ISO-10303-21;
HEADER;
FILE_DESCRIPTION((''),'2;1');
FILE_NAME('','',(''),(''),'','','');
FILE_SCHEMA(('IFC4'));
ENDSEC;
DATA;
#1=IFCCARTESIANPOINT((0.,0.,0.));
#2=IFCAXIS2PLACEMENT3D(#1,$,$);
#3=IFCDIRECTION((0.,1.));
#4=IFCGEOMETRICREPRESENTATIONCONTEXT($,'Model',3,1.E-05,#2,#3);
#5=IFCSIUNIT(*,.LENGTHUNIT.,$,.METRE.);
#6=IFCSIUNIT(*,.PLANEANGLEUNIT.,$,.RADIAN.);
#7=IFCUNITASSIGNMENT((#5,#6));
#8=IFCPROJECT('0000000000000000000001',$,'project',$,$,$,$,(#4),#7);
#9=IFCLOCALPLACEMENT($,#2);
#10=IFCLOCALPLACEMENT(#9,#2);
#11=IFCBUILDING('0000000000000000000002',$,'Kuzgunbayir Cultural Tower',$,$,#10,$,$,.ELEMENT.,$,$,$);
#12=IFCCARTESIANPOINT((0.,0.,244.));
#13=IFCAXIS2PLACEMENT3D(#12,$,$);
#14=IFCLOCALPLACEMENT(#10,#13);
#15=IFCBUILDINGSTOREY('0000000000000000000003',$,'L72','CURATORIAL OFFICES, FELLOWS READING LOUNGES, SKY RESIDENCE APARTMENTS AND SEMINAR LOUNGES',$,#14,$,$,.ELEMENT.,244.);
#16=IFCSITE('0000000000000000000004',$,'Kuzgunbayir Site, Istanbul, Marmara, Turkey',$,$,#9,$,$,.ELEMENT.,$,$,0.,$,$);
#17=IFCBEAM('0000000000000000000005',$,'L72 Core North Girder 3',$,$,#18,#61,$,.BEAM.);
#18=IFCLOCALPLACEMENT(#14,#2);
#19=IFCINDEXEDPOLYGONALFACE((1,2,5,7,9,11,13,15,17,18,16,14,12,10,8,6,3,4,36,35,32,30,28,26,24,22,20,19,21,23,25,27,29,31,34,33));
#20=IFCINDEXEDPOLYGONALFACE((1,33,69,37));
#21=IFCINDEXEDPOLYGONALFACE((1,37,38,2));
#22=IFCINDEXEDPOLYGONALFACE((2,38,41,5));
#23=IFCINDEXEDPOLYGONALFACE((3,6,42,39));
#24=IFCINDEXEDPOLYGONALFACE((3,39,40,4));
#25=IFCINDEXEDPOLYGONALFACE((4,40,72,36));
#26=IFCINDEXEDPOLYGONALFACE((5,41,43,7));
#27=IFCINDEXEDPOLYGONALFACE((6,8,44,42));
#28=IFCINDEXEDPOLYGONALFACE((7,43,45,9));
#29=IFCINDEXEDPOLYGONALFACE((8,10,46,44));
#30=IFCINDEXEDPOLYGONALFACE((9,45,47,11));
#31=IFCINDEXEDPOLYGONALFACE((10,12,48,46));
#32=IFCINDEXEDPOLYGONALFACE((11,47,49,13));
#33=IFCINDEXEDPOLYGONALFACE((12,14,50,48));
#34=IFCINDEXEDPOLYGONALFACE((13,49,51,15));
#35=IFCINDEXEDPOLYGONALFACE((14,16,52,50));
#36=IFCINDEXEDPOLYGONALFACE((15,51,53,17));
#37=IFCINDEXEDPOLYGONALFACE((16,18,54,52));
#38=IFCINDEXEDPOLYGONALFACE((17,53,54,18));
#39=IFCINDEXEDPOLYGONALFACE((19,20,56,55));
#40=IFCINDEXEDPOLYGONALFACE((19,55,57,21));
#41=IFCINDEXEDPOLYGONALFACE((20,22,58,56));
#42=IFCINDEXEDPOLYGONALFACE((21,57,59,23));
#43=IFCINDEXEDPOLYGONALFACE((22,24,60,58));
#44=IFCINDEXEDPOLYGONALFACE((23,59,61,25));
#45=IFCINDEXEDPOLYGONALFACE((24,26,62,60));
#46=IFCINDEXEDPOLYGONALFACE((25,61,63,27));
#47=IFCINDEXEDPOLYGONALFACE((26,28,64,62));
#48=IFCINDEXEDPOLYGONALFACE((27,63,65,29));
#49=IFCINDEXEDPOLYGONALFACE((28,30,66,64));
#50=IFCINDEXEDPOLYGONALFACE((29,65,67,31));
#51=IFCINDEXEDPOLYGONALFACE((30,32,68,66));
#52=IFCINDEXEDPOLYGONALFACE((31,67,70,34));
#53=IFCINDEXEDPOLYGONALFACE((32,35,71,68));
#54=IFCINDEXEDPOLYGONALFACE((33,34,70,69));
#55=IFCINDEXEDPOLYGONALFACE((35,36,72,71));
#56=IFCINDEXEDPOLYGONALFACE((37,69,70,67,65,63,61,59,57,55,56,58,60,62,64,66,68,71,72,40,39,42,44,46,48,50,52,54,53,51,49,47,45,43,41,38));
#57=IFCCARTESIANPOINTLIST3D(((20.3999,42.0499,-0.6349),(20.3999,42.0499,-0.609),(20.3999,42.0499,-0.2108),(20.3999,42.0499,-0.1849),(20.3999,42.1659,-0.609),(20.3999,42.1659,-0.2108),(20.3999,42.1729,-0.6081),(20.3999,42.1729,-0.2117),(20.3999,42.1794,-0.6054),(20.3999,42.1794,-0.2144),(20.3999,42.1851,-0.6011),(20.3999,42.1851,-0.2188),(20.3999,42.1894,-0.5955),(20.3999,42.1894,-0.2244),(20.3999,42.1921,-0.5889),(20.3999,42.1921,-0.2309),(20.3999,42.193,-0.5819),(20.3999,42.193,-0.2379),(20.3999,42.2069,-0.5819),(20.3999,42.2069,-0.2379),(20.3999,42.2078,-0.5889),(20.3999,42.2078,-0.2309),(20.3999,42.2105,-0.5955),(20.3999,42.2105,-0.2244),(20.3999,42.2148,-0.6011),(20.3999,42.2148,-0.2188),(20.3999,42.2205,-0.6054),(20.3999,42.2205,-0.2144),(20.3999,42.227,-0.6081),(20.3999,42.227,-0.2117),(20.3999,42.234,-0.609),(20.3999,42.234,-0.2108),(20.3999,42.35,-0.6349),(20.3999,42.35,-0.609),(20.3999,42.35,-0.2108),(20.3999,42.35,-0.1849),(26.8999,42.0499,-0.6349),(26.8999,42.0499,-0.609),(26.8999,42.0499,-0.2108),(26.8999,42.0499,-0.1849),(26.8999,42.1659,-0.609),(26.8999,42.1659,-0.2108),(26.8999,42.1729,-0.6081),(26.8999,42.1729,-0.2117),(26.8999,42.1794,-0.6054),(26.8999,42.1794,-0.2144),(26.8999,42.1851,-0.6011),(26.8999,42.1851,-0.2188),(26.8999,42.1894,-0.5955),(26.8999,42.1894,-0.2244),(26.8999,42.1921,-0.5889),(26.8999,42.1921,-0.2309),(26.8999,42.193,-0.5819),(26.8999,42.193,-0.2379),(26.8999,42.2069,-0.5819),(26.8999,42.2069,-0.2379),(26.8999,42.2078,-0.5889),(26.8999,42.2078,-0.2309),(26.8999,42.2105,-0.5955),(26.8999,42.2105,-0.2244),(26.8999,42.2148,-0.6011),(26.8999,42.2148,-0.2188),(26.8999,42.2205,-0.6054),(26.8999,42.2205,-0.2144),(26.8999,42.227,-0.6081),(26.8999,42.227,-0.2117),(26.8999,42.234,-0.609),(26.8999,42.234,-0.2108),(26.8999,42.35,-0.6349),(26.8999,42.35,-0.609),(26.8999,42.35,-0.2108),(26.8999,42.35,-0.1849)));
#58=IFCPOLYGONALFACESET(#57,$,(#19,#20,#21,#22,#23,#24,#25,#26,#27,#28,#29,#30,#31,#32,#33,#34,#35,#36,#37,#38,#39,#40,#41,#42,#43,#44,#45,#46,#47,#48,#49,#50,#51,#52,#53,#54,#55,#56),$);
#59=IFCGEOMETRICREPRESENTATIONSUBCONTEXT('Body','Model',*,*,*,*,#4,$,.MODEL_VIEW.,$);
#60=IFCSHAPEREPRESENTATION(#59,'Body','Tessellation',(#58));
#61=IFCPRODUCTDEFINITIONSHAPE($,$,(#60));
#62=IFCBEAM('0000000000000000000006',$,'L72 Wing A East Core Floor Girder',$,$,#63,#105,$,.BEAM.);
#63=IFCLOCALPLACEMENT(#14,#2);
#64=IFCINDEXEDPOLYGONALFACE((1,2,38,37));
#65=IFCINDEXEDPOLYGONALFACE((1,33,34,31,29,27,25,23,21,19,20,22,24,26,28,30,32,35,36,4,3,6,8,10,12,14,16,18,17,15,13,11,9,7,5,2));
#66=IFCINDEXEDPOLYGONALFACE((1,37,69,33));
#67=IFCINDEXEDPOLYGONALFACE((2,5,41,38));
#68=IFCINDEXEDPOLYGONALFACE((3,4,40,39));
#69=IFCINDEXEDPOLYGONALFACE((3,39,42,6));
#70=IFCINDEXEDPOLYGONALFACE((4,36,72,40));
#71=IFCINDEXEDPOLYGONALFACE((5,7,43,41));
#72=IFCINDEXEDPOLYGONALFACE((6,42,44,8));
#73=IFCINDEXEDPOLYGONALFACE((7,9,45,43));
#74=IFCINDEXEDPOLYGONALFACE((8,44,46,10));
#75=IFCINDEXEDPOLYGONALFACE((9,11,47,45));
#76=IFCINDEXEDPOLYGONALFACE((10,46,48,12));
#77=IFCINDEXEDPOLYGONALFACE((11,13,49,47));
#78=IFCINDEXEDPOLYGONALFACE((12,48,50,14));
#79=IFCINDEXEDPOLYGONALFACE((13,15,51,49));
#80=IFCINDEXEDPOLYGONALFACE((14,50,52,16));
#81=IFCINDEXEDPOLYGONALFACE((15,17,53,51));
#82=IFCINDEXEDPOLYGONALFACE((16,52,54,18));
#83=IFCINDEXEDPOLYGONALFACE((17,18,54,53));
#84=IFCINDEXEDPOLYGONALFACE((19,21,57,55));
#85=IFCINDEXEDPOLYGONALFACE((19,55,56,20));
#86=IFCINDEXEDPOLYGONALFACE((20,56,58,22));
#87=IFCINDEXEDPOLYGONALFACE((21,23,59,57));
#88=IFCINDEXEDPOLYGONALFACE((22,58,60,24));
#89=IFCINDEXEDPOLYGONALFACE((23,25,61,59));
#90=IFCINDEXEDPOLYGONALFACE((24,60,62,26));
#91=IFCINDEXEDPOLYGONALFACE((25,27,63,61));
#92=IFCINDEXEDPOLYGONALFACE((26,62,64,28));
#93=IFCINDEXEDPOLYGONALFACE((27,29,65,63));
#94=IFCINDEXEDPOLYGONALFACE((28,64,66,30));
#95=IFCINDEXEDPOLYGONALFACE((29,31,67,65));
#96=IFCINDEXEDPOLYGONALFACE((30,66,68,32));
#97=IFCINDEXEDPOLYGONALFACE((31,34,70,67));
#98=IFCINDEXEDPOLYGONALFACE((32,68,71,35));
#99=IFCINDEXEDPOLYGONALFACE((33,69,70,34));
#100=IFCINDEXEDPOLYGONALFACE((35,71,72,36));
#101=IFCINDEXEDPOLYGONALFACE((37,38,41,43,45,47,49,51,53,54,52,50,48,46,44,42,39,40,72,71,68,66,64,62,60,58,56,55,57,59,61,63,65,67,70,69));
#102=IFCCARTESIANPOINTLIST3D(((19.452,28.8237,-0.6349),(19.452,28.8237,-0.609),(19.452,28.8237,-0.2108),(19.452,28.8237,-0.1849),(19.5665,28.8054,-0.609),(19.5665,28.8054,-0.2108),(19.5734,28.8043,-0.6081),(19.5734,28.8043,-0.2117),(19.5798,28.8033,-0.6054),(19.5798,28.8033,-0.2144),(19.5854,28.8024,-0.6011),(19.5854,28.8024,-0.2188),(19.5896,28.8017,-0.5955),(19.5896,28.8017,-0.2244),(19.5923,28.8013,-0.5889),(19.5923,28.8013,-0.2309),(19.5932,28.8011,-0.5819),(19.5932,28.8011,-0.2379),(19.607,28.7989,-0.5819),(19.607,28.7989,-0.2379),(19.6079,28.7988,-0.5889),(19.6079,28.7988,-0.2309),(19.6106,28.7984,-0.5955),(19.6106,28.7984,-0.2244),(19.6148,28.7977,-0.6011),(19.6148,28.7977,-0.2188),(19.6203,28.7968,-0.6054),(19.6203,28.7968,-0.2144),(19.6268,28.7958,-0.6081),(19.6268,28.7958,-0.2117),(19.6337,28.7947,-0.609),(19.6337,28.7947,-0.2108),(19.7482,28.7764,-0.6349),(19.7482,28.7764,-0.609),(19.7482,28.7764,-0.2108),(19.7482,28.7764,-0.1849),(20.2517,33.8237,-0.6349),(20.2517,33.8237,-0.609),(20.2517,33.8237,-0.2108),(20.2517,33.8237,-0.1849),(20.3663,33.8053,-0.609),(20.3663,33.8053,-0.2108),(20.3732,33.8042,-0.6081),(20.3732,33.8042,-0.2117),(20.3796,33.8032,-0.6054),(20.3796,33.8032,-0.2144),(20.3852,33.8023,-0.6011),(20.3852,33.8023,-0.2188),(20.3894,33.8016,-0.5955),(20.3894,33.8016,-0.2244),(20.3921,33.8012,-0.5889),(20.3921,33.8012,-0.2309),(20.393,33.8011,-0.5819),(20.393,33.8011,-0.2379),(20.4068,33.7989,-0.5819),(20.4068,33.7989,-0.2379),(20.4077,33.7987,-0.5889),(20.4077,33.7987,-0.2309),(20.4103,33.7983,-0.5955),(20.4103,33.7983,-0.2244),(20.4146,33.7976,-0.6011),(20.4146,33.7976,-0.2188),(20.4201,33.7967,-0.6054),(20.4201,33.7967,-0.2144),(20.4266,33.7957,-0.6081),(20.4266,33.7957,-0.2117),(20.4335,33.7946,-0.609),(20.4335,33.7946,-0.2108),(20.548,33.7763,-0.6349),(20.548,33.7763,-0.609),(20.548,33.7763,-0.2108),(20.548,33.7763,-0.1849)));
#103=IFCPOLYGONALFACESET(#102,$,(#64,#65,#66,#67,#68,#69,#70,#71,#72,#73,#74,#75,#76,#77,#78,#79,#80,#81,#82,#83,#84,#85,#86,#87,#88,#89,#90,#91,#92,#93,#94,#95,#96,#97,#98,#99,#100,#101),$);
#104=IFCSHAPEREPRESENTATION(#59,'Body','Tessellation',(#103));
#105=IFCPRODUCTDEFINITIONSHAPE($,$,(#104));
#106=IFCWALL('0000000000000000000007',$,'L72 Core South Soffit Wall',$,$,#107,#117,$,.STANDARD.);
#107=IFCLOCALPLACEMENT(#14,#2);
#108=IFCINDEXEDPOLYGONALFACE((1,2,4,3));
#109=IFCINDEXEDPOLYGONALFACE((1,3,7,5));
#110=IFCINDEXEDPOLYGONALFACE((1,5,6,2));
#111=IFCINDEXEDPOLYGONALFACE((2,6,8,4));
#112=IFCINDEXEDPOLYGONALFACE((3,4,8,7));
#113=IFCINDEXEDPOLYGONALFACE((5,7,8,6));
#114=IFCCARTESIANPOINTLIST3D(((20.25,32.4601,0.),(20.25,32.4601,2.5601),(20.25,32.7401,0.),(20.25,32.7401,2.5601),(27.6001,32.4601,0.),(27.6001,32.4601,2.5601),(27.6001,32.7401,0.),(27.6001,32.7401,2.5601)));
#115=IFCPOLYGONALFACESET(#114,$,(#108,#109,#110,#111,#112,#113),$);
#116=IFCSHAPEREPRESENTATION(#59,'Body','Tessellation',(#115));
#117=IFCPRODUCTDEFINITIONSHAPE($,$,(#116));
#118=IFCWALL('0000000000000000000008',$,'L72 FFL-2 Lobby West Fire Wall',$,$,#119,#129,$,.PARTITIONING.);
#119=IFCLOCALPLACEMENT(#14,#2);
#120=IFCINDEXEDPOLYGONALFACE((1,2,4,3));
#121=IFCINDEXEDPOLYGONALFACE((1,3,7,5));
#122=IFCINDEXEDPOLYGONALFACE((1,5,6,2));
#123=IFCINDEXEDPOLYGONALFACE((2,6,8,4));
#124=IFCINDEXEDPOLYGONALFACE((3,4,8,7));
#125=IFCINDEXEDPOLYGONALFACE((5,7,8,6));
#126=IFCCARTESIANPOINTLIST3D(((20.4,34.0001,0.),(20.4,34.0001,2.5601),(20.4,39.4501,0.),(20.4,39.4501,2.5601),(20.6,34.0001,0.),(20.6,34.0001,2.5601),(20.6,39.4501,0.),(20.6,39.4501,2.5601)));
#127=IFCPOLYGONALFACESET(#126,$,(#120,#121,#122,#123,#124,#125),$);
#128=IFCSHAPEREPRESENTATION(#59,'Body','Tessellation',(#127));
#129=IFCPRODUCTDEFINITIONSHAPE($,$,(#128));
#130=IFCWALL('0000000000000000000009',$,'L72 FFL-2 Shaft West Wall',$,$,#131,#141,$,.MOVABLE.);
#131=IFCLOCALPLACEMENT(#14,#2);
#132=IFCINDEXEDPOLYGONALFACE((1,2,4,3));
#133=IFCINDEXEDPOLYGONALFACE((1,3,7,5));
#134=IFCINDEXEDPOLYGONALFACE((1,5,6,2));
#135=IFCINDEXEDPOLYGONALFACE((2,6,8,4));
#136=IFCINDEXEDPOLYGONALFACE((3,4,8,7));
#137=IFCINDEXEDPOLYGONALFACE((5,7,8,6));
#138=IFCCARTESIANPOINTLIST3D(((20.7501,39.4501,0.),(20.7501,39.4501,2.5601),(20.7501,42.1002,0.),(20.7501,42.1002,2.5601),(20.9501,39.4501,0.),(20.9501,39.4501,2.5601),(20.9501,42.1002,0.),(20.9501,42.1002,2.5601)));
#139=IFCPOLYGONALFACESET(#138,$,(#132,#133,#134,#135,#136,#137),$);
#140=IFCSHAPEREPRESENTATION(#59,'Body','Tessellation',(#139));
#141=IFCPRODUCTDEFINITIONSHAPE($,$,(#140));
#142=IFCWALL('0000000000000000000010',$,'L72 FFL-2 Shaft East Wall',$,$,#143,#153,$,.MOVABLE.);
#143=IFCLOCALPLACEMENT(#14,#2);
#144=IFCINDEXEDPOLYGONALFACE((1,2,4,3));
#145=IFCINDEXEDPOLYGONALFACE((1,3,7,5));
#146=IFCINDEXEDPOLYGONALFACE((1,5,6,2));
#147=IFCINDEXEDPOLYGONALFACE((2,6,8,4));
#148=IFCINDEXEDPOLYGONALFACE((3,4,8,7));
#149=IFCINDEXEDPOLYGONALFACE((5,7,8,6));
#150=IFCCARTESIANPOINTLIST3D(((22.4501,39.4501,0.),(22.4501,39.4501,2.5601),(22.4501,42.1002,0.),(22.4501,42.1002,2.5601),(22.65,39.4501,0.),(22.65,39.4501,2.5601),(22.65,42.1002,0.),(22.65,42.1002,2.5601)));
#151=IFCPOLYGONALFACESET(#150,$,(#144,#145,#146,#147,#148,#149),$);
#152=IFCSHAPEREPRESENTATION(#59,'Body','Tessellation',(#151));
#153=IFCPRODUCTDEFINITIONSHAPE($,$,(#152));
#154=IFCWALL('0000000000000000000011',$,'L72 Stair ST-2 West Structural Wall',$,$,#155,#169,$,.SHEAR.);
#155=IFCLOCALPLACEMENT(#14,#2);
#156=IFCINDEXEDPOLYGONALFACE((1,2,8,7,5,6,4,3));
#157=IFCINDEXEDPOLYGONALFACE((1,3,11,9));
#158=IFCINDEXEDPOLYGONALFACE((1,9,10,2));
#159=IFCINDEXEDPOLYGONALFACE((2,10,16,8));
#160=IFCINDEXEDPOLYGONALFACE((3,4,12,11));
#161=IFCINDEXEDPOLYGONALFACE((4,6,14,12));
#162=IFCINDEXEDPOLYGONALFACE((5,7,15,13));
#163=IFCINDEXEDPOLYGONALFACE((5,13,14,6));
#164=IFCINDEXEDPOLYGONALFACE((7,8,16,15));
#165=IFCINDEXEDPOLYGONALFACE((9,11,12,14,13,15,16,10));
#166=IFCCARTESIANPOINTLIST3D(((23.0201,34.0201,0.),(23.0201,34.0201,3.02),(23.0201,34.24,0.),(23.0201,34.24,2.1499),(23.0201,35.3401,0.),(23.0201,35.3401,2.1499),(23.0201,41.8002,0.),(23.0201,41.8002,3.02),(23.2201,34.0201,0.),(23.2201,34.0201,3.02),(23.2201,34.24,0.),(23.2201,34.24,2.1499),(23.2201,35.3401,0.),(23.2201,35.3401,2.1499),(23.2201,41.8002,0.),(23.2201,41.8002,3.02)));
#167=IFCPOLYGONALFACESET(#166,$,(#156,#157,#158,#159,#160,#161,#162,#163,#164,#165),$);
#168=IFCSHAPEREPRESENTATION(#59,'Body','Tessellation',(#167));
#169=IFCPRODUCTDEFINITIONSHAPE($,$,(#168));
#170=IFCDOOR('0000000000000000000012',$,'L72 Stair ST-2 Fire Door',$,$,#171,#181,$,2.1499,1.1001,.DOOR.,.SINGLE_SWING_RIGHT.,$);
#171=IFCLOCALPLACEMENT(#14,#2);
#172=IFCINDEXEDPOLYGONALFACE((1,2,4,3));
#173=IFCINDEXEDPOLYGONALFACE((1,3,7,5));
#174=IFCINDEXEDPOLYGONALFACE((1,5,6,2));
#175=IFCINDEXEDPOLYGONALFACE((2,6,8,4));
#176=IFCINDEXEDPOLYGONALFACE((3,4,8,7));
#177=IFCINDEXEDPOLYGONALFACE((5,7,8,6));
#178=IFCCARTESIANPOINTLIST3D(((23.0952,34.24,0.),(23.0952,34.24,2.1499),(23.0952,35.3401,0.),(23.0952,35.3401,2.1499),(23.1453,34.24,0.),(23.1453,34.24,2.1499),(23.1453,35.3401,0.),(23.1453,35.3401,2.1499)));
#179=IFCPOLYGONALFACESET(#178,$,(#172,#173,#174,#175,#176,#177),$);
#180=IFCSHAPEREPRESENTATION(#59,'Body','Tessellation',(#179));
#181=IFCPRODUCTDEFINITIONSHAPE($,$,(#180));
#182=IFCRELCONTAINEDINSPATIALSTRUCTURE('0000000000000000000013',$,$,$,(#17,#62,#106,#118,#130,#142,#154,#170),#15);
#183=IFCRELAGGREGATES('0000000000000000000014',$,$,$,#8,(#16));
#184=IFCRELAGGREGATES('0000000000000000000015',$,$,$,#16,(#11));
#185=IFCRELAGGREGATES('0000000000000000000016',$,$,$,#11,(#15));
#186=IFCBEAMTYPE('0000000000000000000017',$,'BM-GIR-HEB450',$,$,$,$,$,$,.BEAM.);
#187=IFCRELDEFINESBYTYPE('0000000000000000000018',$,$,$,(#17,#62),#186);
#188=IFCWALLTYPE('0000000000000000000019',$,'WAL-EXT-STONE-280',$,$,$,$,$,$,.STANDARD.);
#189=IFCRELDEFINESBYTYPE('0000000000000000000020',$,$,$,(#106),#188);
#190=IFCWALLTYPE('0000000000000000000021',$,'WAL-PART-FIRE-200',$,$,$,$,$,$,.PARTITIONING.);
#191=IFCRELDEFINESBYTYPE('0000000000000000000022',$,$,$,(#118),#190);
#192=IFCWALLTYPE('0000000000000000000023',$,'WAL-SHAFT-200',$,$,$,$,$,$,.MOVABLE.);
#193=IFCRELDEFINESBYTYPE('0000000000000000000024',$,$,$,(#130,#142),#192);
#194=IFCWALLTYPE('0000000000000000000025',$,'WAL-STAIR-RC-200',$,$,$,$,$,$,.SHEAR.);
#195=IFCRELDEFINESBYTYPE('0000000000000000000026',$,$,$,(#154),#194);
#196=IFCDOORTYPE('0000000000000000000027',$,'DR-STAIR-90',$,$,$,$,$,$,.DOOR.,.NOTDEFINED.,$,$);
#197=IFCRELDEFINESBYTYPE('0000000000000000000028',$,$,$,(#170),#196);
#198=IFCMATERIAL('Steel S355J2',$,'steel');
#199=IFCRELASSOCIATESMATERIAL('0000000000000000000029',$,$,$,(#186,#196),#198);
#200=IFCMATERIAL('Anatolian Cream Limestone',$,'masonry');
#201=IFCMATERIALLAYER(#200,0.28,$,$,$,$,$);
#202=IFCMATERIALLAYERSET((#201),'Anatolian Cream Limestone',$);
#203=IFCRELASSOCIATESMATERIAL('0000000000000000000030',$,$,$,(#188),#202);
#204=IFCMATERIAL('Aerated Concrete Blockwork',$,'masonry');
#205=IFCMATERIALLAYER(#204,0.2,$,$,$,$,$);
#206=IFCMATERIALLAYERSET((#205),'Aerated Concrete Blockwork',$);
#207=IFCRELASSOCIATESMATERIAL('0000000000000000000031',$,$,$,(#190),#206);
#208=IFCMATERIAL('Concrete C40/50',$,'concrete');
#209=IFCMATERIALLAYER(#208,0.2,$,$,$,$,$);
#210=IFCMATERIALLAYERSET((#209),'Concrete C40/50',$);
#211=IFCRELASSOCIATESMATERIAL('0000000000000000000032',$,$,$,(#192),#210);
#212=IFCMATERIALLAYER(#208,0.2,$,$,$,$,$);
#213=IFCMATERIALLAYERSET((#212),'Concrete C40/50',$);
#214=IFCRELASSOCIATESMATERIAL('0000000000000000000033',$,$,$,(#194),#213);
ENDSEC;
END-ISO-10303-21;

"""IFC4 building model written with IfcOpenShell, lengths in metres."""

from ifc_helpers import new_model, si_unit, direction, frame, frame_2d, origin, origin_2d, place, context, subcontext, project, spatial, rectangle, i_section, extrude, material, layer, layer_set, material_profile, profile_set, type_object, element, fill, save


model = new_model("IFC4")

# Units and contexts
model_context = context("Model", 3, precision=1e-05, world=origin(), true_north=direction((0.0, 1.0)))
body_context = subcontext(model_context, "Body", "Model", "MODEL_VIEW")
ifc_project = project(units=[si_unit("LENGTHUNIT", "METRE"), si_unit("PLANEANGLEUNIT", "RADIAN")], contexts=[model_context])

# Site, building, storey
site_placement = place(None, origin())
site = spatial("IfcSite", under=ifc_project, at=site_placement, Name="Kuzgunbayir Site, Istanbul, Marmara, Turkey", CompositionType="ELEMENT", RefElevation=0.0)
building_placement = place(site_placement, origin())
building = spatial("IfcBuilding", under=site, at=building_placement, Name="Kuzgunbayir Cultural Tower", CompositionType="ELEMENT")
storey_placement = place(building_placement, frame((0.0, 0.0, 244.0)))
storey = spatial("IfcBuildingStorey", under=building, at=storey_placement, Name="L72", Description="CURATORIAL OFFICES, FELLOWS READING LOUNGES, SKY RESIDENCE APARTMENTS AND SEMINAR LOUNGES", CompositionType="ELEMENT", Elevation=244.0)

# Beams
ifc_material_1 = material(Name="Steel S355J2", Category="steel")
ifc_material_profile_1 = material_profile(ifc_material_1, i_section(OverallWidth=0.3, OverallDepth=0.45, WebThickness=0.0139, FlangeThickness=0.0259, FilletRadius=0.0271, at=origin_2d()), Name="HEB 450")
ifc_profile_set_1 = profile_set([ifc_material_profile_1], Name="Steel S355J2")
beam_type = type_object("IfcBeamType", Name="BM-GIR-HEB450", PredefinedType="BEAM", material=ifc_profile_set_1)
beam_1_placement = place(storey_placement, frame((20.3999, 42.2, -0.4099), z_axis=(1.0, 0.0, 0.0), x_axis=(0.0, 1.0, 0.0)))
element("IfcBeam", 1, at=beam_1_placement, inside=storey, type_object=beam_type, Name="L72 Core North Girder 3", PredefinedType="BEAM", context=body_context, shape_type="SweptSolid", body=[
    extrude(i_section(OverallWidth=0.3, OverallDepth=0.45, WebThickness=0.0139, FlangeThickness=0.0259, FilletRadius=0.0271, at=origin_2d()), origin(), (0.0, 0.0, 1.0), 6.5),
])
beam_2_placement = place(storey_placement, frame((19.6001, 28.8, -0.4099), z_axis=(0.157953, 0.987447, 0.0), x_axis=(-0.987447, 0.157953, 0.0)))
element("IfcBeam", 2, at=beam_2_placement, inside=storey, type_object=beam_type, Name="L72 Wing A East Core Floor Girder", PredefinedType="BEAM", context=body_context, shape_type="SweptSolid", body=[
    extrude(i_section(OverallWidth=0.3, OverallDepth=0.45, WebThickness=0.0139, FlangeThickness=0.0259, FilletRadius=0.0271, at=origin_2d()), origin(), (0.0, 0.0, 1.0), 5.0635),
])

# Wall
ifc_material_2 = material(Name="Anatolian Cream Limestone", Category="masonry")
ifc_layer_1 = layer(ifc_material_2, 0.28)
ifc_layer_set_1 = layer_set([ifc_layer_1], Name="Anatolian Cream Limestone")
wall_type_1 = type_object("IfcWallType", Name="WAL-EXT-STONE-280", PredefinedType="STANDARD", material=ifc_layer_set_1)
wall_1_placement = place(storey_placement, frame((20.25, 32.6001, 0.0), z_axis=(0.0, 0.0, 1.0), x_axis=(1.0, 0.0, 0.0)))
element("IfcWall", 3, at=wall_1_placement, inside=storey, type_object=wall_type_1, Name="L72 Core South Soffit Wall", PredefinedType="STANDARD", context=body_context, shape_type="SweptSolid", body=[
    extrude(rectangle(XDim=7.3501, YDim=0.28, at=frame_2d((3.675, 0.0))), origin(), (0.0, 0.0, 1.0), 2.5601),
])

# Wall
ifc_material_3 = material(Name="Aerated Concrete Blockwork", Category="masonry")
ifc_layer_2 = layer(ifc_material_3, 0.2)
ifc_layer_set_2 = layer_set([ifc_layer_2], Name="Aerated Concrete Blockwork")
wall_type_2 = type_object("IfcWallType", Name="WAL-PART-FIRE-200", PredefinedType="PARTITIONING", material=ifc_layer_set_2)
wall_2_placement = place(storey_placement, frame((20.5, 34.0, 0.0), z_axis=(0.0, 0.0, 1.0), x_axis=(0.0, 1.0, 0.0)))
element("IfcWall", 4, at=wall_2_placement, inside=storey, type_object=wall_type_2, Name="L72 FFL-2 Lobby West Fire Wall", PredefinedType="PARTITIONING", context=body_context, shape_type="SweptSolid", body=[
    extrude(rectangle(XDim=5.45, YDim=0.2, at=frame_2d((2.7251, 0.0))), origin(), (0.0, 0.0, 1.0), 2.5601),
])

# Shared definitions
ifc_material_4 = material(Name="Concrete C40/50", Category="concrete")
ifc_layer_3 = layer(ifc_material_4, 0.2)
ifc_layer_set_3 = layer_set([ifc_layer_3], Name="Concrete C40/50")
wall_type_3 = type_object("IfcWallType", Name="WAL-SHAFT-200", PredefinedType="MOVABLE", material=ifc_layer_set_3)

# Walls
for number, where, z_axis, x_axis, name in (
    (5, (20.8501, 39.45, 0.0), (0.0, 0.0, 1.0), (0.0, 1.0, 0.0), "L72 FFL-2 Shaft West Wall"),
    (6, (22.55, 39.45, 0.0), (0.0, 0.0, 1.0), (0.0, 1.0, 0.0), "L72 FFL-2 Shaft East Wall"),
):
    element("IfcWall", number, at=place(storey_placement, frame(where, z_axis=z_axis, x_axis=x_axis)), inside=storey, type_object=wall_type_3, Name=name, PredefinedType="MOVABLE", context=body_context, shape_type="SweptSolid", body=[
        extrude(rectangle(XDim=2.6501, YDim=0.2, at=frame_2d((1.3252, 0.0))), origin(), (0.0, 0.0, 1.0), 2.5601),
    ])

# Wall, opening, door
ifc_layer_4 = layer(ifc_material_4, 0.2)
ifc_layer_set_4 = layer_set([ifc_layer_4], Name="Concrete C40/50")
wall_type_4 = type_object("IfcWallType", Name="WAL-STAIR-RC-200", PredefinedType="SHEAR", material=ifc_layer_set_4)
wall_3_placement = place(storey_placement, frame((23.1201, 34.02, 0.0), z_axis=(0.0, 0.0, 1.0), x_axis=(0.0, 1.0, 0.0)))
wall_3 = element("IfcWall", 7, at=wall_3_placement, inside=storey, type_object=wall_type_4, Name="L72 Stair ST-2 West Structural Wall", PredefinedType="SHEAR", context=body_context, shape_type="SweptSolid", body=[
    extrude(rectangle(XDim=7.78, YDim=0.2, at=frame_2d((3.8901, 0.0))), origin(), (0.0, 0.0, 1.0), 3.02),
])
opening_1_placement = place(wall_3_placement, frame((0.22, 0.0, 0.0)))
opening_1 = element("IfcOpeningElement", 8, at=opening_1_placement, cuts=wall_3, PredefinedType="OPENING", context=body_context, shape_type="SweptSolid", body=[
    extrude(rectangle(XDim=1.1001, YDim=2.1499, at=frame_2d((0.55, 1.075))), frame((0.0, 0.1099, 0.0), z_axis=(0.0, -1.0, 0.0), x_axis=(1.0, 0.0, 0.0)), (0.0, 0.0, 1.0), 0.22),
])
door_type_1 = type_object("IfcDoorType", Name="DR-STAIR-90", OperationType="NOTDEFINED", PredefinedType="DOOR", material=ifc_material_1)
door_1_placement = place(opening_1_placement, origin())
door_1 = element("IfcDoor", 9, at=door_1_placement, inside=storey, type_object=door_type_1, Name="L72 Stair ST-2 Fire Door", OperationType="SINGLE_SWING_RIGHT", OverallHeight=2.1499, OverallWidth=1.1001, PredefinedType="DOOR", context=body_context, shape_type="SweptSolid", body=[
    extrude(rectangle(XDim=1.1001, YDim=2.1499, at=frame_2d((0.55, 1.075))), frame((0.0, 0.0249, 0.0), z_axis=(0.0, -1.0, 0.0), x_axis=(1.0, 0.0, 0.0)), (0.0, 0.0, 1.0), 0.05),
])
fill(opening_1, door_1)

save(model, "model.ifc")
